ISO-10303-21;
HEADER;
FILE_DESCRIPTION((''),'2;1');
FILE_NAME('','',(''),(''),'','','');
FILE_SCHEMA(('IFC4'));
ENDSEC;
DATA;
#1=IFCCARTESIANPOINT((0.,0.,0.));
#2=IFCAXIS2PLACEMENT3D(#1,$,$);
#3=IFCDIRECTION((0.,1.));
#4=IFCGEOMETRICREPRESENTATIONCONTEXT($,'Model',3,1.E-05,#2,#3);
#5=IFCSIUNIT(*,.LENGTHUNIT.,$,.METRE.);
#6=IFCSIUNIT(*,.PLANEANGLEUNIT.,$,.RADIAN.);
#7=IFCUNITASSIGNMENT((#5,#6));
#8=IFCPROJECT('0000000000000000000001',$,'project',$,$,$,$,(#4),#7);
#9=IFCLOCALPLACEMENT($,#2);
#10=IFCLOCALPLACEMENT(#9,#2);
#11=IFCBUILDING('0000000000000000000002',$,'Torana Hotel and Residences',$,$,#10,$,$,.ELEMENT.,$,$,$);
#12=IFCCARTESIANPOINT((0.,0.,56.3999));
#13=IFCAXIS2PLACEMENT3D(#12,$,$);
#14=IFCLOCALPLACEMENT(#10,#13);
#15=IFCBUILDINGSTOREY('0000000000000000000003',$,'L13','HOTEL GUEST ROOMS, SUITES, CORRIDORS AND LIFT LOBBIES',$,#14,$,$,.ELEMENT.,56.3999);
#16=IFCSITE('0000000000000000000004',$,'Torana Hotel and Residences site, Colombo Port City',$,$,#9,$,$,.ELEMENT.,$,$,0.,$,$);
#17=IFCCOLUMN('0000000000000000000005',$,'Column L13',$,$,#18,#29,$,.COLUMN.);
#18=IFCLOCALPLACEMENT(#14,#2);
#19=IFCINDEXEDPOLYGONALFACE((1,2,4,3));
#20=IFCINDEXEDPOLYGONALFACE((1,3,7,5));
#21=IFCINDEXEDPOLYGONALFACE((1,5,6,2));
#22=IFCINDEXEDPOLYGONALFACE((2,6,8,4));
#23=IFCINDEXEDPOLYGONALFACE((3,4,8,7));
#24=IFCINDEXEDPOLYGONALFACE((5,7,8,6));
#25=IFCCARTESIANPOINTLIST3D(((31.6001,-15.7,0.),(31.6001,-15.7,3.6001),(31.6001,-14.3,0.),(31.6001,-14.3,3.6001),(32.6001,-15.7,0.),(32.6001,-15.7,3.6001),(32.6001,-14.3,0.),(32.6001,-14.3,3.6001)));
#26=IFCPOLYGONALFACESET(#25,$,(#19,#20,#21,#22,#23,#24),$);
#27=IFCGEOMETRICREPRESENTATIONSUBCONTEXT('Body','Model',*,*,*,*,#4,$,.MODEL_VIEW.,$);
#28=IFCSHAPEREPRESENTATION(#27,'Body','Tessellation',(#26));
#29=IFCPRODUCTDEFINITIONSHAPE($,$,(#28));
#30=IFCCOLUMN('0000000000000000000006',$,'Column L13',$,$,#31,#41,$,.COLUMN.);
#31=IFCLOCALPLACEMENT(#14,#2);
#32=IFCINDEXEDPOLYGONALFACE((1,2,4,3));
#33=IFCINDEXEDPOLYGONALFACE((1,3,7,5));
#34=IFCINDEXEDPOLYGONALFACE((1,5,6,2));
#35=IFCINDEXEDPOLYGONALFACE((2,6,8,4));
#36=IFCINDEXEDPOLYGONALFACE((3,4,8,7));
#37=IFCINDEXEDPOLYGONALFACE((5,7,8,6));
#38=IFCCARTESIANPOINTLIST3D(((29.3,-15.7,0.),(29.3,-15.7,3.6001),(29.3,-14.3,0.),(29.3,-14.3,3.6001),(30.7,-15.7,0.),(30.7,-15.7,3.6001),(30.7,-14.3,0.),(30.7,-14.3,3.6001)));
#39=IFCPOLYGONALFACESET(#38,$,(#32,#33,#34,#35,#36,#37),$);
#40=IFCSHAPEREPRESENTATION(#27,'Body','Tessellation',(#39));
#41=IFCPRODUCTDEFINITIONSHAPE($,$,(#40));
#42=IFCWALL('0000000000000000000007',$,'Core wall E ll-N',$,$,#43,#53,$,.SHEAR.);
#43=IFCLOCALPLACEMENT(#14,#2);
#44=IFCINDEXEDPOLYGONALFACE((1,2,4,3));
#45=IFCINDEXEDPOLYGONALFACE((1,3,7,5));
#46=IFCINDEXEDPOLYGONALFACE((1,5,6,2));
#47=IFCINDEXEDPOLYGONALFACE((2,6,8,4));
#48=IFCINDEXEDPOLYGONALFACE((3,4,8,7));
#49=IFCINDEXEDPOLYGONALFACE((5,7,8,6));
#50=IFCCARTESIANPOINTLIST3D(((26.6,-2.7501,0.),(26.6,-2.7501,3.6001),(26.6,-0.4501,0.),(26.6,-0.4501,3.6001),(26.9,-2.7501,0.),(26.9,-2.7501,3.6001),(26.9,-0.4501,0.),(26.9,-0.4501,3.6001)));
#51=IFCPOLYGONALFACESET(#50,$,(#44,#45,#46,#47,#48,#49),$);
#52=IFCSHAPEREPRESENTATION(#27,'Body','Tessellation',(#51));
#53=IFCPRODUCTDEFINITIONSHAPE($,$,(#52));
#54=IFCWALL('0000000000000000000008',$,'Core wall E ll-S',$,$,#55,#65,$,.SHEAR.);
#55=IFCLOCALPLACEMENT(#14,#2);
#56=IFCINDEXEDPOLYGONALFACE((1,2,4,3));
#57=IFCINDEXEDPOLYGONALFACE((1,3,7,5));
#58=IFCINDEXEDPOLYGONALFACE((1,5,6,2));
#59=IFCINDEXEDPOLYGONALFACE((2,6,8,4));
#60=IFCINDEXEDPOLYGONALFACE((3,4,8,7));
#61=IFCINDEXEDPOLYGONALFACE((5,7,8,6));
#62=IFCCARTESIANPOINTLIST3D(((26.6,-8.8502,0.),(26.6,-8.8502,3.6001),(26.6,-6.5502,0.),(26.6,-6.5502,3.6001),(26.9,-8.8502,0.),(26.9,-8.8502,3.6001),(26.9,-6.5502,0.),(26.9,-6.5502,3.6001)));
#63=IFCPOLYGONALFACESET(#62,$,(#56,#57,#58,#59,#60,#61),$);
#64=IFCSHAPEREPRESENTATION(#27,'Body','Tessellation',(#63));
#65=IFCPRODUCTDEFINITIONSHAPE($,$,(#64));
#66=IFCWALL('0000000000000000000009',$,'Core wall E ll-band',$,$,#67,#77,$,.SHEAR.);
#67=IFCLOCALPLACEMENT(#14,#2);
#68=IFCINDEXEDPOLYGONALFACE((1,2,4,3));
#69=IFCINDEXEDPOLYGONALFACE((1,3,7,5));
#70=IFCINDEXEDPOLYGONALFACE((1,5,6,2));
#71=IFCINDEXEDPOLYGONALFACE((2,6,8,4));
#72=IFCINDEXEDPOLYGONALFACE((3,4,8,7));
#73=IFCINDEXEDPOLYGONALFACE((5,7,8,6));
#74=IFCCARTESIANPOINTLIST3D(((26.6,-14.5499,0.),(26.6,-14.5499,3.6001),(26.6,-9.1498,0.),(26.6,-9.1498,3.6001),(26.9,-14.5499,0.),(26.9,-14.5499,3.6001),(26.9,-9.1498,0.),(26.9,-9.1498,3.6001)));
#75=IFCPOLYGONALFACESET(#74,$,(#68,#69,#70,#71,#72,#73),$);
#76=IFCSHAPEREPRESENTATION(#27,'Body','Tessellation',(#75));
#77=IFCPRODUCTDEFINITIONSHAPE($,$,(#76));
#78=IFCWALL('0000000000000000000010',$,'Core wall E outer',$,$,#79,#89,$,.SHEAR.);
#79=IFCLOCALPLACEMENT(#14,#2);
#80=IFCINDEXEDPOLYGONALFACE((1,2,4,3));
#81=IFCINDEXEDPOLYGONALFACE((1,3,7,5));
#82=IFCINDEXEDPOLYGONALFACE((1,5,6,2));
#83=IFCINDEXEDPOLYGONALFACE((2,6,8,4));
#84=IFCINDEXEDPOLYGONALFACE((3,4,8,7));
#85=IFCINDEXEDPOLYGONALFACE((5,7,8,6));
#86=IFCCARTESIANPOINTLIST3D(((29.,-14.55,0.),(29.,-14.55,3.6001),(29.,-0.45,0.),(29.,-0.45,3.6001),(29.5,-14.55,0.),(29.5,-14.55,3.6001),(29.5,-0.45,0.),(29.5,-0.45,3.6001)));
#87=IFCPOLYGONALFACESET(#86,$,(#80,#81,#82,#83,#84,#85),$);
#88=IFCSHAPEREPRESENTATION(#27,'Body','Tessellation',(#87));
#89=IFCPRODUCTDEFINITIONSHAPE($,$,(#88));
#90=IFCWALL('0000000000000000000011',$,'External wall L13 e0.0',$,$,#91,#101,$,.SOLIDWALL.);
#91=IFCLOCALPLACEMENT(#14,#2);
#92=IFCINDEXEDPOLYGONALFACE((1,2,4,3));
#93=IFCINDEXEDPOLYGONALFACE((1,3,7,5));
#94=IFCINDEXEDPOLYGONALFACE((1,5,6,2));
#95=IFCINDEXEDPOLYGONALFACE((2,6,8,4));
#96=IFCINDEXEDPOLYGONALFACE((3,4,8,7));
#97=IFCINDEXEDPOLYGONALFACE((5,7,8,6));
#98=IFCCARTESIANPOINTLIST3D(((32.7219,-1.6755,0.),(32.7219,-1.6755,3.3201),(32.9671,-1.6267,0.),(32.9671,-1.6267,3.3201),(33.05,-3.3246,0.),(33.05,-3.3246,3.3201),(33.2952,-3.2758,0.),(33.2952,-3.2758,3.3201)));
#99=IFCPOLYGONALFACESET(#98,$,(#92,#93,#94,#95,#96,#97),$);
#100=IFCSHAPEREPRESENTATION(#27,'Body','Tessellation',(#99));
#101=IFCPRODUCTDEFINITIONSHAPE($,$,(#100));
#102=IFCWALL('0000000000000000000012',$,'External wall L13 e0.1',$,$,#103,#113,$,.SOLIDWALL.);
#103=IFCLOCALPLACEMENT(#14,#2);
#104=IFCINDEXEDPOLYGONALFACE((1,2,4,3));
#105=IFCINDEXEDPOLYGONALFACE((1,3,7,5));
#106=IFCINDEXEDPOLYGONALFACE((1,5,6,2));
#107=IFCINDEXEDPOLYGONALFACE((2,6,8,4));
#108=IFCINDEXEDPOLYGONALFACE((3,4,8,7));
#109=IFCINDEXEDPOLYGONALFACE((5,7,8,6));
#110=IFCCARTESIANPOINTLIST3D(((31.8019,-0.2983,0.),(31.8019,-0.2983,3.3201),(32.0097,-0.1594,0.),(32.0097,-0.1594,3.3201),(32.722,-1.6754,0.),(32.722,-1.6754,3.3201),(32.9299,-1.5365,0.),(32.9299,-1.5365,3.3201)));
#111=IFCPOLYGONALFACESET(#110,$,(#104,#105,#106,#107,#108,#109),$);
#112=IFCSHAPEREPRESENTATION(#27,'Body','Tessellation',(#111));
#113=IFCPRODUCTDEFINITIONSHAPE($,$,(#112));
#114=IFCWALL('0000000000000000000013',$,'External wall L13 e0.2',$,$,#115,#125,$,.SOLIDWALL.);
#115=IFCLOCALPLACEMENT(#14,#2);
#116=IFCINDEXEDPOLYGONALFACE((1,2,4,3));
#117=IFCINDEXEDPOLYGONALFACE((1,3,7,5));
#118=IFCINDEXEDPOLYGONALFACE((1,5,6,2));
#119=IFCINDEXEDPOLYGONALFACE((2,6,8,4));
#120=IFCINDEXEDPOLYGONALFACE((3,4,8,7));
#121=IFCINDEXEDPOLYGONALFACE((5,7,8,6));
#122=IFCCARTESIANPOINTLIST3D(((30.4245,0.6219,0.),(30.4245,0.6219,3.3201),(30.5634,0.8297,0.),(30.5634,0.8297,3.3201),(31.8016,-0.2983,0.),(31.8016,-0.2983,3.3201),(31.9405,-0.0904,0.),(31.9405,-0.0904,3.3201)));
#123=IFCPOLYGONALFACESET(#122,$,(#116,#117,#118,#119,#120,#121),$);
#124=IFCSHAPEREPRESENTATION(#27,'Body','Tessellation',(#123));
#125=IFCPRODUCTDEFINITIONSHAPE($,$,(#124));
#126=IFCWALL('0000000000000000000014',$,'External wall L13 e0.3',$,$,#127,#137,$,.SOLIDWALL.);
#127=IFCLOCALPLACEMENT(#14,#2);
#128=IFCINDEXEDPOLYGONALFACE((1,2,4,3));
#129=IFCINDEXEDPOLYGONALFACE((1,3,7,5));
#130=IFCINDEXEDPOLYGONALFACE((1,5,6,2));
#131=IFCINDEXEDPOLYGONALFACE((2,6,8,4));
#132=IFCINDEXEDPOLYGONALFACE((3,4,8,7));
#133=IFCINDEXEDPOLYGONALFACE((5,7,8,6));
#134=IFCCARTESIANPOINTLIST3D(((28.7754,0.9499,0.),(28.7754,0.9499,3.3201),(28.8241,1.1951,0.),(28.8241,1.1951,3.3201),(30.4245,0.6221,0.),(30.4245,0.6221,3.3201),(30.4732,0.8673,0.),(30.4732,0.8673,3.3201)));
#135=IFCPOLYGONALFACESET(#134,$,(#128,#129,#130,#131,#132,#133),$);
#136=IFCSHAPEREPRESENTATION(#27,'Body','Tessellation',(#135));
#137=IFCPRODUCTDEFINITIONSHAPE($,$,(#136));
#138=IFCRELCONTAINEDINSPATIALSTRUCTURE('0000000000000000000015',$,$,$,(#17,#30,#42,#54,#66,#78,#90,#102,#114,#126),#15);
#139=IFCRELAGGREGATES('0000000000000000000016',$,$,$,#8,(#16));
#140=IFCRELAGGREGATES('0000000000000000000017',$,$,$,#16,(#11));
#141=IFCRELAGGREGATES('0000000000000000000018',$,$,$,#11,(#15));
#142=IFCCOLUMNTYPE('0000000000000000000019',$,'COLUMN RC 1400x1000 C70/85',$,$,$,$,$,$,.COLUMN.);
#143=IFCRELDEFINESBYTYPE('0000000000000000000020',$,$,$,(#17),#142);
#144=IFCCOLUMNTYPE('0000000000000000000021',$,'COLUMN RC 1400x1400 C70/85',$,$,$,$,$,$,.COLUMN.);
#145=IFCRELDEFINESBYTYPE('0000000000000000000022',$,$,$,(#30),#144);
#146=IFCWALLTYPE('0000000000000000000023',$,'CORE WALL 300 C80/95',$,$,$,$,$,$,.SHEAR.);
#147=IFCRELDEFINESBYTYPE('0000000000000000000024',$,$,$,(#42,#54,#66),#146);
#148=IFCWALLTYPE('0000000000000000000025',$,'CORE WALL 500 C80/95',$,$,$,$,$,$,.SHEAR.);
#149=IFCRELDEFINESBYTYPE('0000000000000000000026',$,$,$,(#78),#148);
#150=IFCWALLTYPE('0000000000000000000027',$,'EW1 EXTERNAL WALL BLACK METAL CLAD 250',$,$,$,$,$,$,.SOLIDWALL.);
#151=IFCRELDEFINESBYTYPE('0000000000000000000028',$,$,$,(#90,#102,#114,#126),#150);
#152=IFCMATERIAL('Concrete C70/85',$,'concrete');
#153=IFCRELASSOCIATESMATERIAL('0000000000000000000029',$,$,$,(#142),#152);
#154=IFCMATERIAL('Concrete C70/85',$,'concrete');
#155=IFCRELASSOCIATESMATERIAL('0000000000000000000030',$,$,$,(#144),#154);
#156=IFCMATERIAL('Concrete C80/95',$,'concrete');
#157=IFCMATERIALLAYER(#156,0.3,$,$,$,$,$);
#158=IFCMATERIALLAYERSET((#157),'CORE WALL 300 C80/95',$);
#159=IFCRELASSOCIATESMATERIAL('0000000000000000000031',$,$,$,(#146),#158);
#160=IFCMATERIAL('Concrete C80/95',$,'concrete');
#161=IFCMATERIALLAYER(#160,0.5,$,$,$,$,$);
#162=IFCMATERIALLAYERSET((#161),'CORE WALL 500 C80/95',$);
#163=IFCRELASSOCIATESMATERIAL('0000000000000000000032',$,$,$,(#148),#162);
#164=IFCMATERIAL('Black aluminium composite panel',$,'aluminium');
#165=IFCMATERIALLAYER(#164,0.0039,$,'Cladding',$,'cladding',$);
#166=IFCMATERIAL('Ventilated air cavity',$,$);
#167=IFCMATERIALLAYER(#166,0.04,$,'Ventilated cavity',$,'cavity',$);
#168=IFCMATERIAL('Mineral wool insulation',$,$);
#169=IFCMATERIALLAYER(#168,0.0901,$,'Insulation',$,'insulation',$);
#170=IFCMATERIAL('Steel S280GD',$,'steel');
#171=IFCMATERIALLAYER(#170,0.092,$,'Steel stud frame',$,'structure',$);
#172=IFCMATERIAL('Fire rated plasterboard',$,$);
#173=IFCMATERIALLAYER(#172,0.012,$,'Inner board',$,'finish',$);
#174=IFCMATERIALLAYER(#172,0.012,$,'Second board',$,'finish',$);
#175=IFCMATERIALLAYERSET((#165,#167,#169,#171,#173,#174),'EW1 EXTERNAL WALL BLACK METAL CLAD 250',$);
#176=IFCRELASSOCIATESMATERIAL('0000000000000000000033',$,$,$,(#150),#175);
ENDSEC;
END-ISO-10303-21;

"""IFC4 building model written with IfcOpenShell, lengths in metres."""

from ifc_helpers import new_model, si_unit, direction, frame, frame_2d, origin, origin_2d, place, context, subcontext, project, spatial, rectangle, extrude, material, layer, layer_set, material_profile, profile_set, type_object, element, save


model = new_model("IFC4")

# Units and contexts
model_context = context("Model", 3, precision=1e-05, world=origin(), true_north=direction((0.0, 1.0)))
body_context = subcontext(model_context, "Body", "Model", "MODEL_VIEW")
ifc_project = project(units=[si_unit("LENGTHUNIT", "METRE"), si_unit("PLANEANGLEUNIT", "RADIAN")], contexts=[model_context])

# Site, building, storey
site_placement = place(None, origin())
site = spatial("IfcSite", under=ifc_project, at=site_placement, Name="Torana Hotel and Residences site, Colombo Port City", CompositionType="ELEMENT", RefElevation=0.0)
building_placement = place(site_placement, origin())
building = spatial("IfcBuilding", under=site, at=building_placement, Name="Torana Hotel and Residences", CompositionType="ELEMENT")
storey_placement = place(building_placement, frame((0.0, 0.0, 56.3999)))
storey = spatial("IfcBuildingStorey", under=building, at=storey_placement, Name="L13", Description="HOTEL GUEST ROOMS, SUITES, CORRIDORS AND LIFT LOBBIES", CompositionType="ELEMENT", Elevation=56.3999)

# Columns
ifc_material_1 = material(Name="Concrete C70/85", Category="concrete")
ifc_material_profile_1 = material_profile(ifc_material_1, rectangle(XDim=1.3999, YDim=1.0, at=origin_2d()), Name="RC 1400x1000")
ifc_profile_set_1 = profile_set([ifc_material_profile_1], Name="Concrete C70/85")
column_type_1 = type_object("IfcColumnType", Name="COLUMN RC 1400x1000 C70/85", PredefinedType="COLUMN", material=ifc_profile_set_1)
column_1_placement = place(storey_placement, frame((32.1001, -15.0, 0.0), z_axis=(0.0, 0.0, 1.0), x_axis=(0.0, 1.0, 0.0)))
element("IfcColumn", 1, at=column_1_placement, inside=storey, type_object=column_type_1, Name="Column L13", PredefinedType="COLUMN", context=body_context, shape_type="SweptSolid", body=[
    extrude(rectangle(XDim=1.3999, YDim=1.0, at=origin_2d()), origin(), (0.0, 0.0, 1.0), 3.6001),
])
ifc_material_2 = material(Name="Concrete C70/85", Category="concrete")
ifc_material_profile_2 = material_profile(ifc_material_2, rectangle(XDim=1.3999, YDim=1.3999, at=origin_2d()), Name="RC 1400x1400")
ifc_profile_set_2 = profile_set([ifc_material_profile_2], Name="Concrete C70/85")
column_type_2 = type_object("IfcColumnType", Name="COLUMN RC 1400x1400 C70/85", PredefinedType="COLUMN", material=ifc_profile_set_2)
column_2_placement = place(storey_placement, frame((30.0, -15.0, 0.0), z_axis=(0.0, 0.0, 1.0), x_axis=(1.0, 0.0, 0.0)))
element("IfcColumn", 2, at=column_2_placement, inside=storey, type_object=column_type_2, Name="Column L13", PredefinedType="COLUMN", context=body_context, shape_type="SweptSolid", body=[
    extrude(rectangle(XDim=1.3999, YDim=1.3999, at=origin_2d()), origin(), (0.0, 0.0, 1.0), 3.6001),
])

# Walls
ifc_material_3 = material(Name="Concrete C80/95", Category="concrete")
ifc_layer_1 = layer(ifc_material_3, 0.3)
ifc_layer_set_1 = layer_set([ifc_layer_1], Name="CORE WALL 300 C80/95")
wall_type_1 = type_object("IfcWallType", Name="CORE WALL 300 C80/95", PredefinedType="SHEAR", material=ifc_layer_set_1)
for number, where, z_axis, x_axis, name in (
    (3, (26.75, -2.75, 0.0), (0.0, 0.0, 1.0), (0.0, 1.0, 0.0), "Core wall E ll-N"),
    (4, (26.75, -8.8501, 0.0), (0.0, 0.0, 1.0), (0.0, 1.0, 0.0), "Core wall E ll-S"),
):
    element("IfcWall", number, at=place(storey_placement, frame(where, z_axis=z_axis, x_axis=x_axis)), inside=storey, type_object=wall_type_1, Name=name, PredefinedType="SHEAR", context=body_context, shape_type="SweptSolid", body=[
        extrude(rectangle(XDim=2.3, YDim=0.3, at=frame_2d((1.1499, 0.0))), origin(), (0.0, 0.0, 1.0), 3.6001),
    ])
wall_1_placement = place(storey_placement, frame((26.75, -14.55, 0.0), z_axis=(0.0, 0.0, 1.0), x_axis=(0.0, 1.0, 0.0)))
element("IfcWall", 5, at=wall_1_placement, inside=storey, type_object=wall_type_1, Name="Core wall E ll-band", PredefinedType="SHEAR", context=body_context, shape_type="SweptSolid", body=[
    extrude(rectangle(XDim=5.4001, YDim=0.3, at=frame_2d((2.7002, 0.0))), origin(), (0.0, 0.0, 1.0), 3.6001),
])
ifc_material_4 = material(Name="Concrete C80/95", Category="concrete")
ifc_layer_2 = layer(ifc_material_4, 0.5)
ifc_layer_set_2 = layer_set([ifc_layer_2], Name="CORE WALL 500 C80/95")
wall_type_2 = type_object("IfcWallType", Name="CORE WALL 500 C80/95", PredefinedType="SHEAR", material=ifc_layer_set_2)
wall_2_placement = place(storey_placement, frame((29.25, -14.55, 0.0), z_axis=(0.0, 0.0, 1.0), x_axis=(0.0, 1.0, 0.0)))
element("IfcWall", 6, at=wall_2_placement, inside=storey, type_object=wall_type_2, Name="Core wall E outer", PredefinedType="SHEAR", context=body_context, shape_type="SweptSolid", body=[
    extrude(rectangle(XDim=14.1001, YDim=0.5, at=frame_2d((7.05, 0.0))), origin(), (0.0, 0.0, 1.0), 3.6001),
])
ifc_material_5 = material(Name="Black aluminium composite panel", Category="aluminium")
ifc_layer_3 = layer(ifc_material_5, 0.0039, Name="Cladding", Category="cladding")
ifc_material_6 = material(Name="Ventilated air cavity")
ifc_layer_4 = layer(ifc_material_6, 0.04, Name="Ventilated cavity", Category="cavity")
ifc_material_7 = material(Name="Mineral wool insulation")
ifc_layer_5 = layer(ifc_material_7, 0.0901, Name="Insulation", Category="insulation")
ifc_material_8 = material(Name="Steel S280GD", Category="steel")
ifc_layer_6 = layer(ifc_material_8, 0.092, Name="Steel stud frame", Category="structure")
ifc_material_9 = material(Name="Fire rated plasterboard")
ifc_layer_7 = layer(ifc_material_9, 0.012, Name="Inner board", Category="finish")
ifc_layer_8 = layer(ifc_material_9, 0.012, Name="Second board", Category="finish")
ifc_layer_set_3 = layer_set([ifc_layer_3, ifc_layer_4, ifc_layer_5, ifc_layer_6, ifc_layer_7, ifc_layer_8], Name="EW1 EXTERNAL WALL BLACK METAL CLAD 250")
wall_type_3 = type_object("IfcWallType", Name="EW1 EXTERNAL WALL BLACK METAL CLAD 250", PredefinedType="SOLIDWALL", material=ifc_layer_set_3)
wall_3_placement = place(storey_placement, frame((33.1726, -3.3003, 0.0), z_axis=(0.0, 0.0, 1.0), x_axis=(-0.195139, 0.980776, 0.0)))
element("IfcWall", 7, at=wall_3_placement, inside=storey, type_object=wall_type_3, Name="External wall L13 e0.0", PredefinedType="SOLIDWALL", context=body_context, shape_type="SweptSolid", body=[
    extrude(rectangle(XDim=1.6814, YDim=0.25, at=frame_2d((0.8408, 0.0))), origin(), (0.0, 0.0, 1.0), 3.3201),
])
for number, where, z_axis, x_axis, name in (
    (8, (32.8259, -1.606, 0.0), (0.0, 0.0, 1.0), (-0.55555, 0.831483, 0.0), "External wall L13 e0.1"),
    (9, (31.8711, -0.1943, 0.0), (0.0, 0.0, 1.0), (-0.831483, 0.55555, 0.0), "External wall L13 e0.2"),
):
    element("IfcWall", number, at=place(storey_placement, frame(where, z_axis=z_axis, x_axis=x_axis)), inside=storey, type_object=wall_type_3, Name=name, PredefinedType="SOLIDWALL", context=body_context, shape_type="SweptSolid", body=[
        extrude(rectangle(XDim=1.6562, YDim=0.25, at=frame_2d((0.8281, 0.0))), origin(), (0.0, 0.0, 1.0), 3.3201),
    ])
wall_4_placement = place(storey_placement, frame((30.449, 0.7446, 0.0), z_axis=(0.0, 0.0, 1.0), x_axis=(-0.980803, 0.194999, 0.0)))
element("IfcWall", 10, at=wall_4_placement, inside=storey, type_object=wall_type_3, Name="External wall L13 e0.3", PredefinedType="SOLIDWALL", context=body_context, shape_type="SweptSolid", body=[
    extrude(rectangle(XDim=1.6814, YDim=0.25, at=frame_2d((0.8408, 0.0))), origin(), (0.0, 0.0, 1.0), 3.3201),
])

save(model, "model.ifc")
